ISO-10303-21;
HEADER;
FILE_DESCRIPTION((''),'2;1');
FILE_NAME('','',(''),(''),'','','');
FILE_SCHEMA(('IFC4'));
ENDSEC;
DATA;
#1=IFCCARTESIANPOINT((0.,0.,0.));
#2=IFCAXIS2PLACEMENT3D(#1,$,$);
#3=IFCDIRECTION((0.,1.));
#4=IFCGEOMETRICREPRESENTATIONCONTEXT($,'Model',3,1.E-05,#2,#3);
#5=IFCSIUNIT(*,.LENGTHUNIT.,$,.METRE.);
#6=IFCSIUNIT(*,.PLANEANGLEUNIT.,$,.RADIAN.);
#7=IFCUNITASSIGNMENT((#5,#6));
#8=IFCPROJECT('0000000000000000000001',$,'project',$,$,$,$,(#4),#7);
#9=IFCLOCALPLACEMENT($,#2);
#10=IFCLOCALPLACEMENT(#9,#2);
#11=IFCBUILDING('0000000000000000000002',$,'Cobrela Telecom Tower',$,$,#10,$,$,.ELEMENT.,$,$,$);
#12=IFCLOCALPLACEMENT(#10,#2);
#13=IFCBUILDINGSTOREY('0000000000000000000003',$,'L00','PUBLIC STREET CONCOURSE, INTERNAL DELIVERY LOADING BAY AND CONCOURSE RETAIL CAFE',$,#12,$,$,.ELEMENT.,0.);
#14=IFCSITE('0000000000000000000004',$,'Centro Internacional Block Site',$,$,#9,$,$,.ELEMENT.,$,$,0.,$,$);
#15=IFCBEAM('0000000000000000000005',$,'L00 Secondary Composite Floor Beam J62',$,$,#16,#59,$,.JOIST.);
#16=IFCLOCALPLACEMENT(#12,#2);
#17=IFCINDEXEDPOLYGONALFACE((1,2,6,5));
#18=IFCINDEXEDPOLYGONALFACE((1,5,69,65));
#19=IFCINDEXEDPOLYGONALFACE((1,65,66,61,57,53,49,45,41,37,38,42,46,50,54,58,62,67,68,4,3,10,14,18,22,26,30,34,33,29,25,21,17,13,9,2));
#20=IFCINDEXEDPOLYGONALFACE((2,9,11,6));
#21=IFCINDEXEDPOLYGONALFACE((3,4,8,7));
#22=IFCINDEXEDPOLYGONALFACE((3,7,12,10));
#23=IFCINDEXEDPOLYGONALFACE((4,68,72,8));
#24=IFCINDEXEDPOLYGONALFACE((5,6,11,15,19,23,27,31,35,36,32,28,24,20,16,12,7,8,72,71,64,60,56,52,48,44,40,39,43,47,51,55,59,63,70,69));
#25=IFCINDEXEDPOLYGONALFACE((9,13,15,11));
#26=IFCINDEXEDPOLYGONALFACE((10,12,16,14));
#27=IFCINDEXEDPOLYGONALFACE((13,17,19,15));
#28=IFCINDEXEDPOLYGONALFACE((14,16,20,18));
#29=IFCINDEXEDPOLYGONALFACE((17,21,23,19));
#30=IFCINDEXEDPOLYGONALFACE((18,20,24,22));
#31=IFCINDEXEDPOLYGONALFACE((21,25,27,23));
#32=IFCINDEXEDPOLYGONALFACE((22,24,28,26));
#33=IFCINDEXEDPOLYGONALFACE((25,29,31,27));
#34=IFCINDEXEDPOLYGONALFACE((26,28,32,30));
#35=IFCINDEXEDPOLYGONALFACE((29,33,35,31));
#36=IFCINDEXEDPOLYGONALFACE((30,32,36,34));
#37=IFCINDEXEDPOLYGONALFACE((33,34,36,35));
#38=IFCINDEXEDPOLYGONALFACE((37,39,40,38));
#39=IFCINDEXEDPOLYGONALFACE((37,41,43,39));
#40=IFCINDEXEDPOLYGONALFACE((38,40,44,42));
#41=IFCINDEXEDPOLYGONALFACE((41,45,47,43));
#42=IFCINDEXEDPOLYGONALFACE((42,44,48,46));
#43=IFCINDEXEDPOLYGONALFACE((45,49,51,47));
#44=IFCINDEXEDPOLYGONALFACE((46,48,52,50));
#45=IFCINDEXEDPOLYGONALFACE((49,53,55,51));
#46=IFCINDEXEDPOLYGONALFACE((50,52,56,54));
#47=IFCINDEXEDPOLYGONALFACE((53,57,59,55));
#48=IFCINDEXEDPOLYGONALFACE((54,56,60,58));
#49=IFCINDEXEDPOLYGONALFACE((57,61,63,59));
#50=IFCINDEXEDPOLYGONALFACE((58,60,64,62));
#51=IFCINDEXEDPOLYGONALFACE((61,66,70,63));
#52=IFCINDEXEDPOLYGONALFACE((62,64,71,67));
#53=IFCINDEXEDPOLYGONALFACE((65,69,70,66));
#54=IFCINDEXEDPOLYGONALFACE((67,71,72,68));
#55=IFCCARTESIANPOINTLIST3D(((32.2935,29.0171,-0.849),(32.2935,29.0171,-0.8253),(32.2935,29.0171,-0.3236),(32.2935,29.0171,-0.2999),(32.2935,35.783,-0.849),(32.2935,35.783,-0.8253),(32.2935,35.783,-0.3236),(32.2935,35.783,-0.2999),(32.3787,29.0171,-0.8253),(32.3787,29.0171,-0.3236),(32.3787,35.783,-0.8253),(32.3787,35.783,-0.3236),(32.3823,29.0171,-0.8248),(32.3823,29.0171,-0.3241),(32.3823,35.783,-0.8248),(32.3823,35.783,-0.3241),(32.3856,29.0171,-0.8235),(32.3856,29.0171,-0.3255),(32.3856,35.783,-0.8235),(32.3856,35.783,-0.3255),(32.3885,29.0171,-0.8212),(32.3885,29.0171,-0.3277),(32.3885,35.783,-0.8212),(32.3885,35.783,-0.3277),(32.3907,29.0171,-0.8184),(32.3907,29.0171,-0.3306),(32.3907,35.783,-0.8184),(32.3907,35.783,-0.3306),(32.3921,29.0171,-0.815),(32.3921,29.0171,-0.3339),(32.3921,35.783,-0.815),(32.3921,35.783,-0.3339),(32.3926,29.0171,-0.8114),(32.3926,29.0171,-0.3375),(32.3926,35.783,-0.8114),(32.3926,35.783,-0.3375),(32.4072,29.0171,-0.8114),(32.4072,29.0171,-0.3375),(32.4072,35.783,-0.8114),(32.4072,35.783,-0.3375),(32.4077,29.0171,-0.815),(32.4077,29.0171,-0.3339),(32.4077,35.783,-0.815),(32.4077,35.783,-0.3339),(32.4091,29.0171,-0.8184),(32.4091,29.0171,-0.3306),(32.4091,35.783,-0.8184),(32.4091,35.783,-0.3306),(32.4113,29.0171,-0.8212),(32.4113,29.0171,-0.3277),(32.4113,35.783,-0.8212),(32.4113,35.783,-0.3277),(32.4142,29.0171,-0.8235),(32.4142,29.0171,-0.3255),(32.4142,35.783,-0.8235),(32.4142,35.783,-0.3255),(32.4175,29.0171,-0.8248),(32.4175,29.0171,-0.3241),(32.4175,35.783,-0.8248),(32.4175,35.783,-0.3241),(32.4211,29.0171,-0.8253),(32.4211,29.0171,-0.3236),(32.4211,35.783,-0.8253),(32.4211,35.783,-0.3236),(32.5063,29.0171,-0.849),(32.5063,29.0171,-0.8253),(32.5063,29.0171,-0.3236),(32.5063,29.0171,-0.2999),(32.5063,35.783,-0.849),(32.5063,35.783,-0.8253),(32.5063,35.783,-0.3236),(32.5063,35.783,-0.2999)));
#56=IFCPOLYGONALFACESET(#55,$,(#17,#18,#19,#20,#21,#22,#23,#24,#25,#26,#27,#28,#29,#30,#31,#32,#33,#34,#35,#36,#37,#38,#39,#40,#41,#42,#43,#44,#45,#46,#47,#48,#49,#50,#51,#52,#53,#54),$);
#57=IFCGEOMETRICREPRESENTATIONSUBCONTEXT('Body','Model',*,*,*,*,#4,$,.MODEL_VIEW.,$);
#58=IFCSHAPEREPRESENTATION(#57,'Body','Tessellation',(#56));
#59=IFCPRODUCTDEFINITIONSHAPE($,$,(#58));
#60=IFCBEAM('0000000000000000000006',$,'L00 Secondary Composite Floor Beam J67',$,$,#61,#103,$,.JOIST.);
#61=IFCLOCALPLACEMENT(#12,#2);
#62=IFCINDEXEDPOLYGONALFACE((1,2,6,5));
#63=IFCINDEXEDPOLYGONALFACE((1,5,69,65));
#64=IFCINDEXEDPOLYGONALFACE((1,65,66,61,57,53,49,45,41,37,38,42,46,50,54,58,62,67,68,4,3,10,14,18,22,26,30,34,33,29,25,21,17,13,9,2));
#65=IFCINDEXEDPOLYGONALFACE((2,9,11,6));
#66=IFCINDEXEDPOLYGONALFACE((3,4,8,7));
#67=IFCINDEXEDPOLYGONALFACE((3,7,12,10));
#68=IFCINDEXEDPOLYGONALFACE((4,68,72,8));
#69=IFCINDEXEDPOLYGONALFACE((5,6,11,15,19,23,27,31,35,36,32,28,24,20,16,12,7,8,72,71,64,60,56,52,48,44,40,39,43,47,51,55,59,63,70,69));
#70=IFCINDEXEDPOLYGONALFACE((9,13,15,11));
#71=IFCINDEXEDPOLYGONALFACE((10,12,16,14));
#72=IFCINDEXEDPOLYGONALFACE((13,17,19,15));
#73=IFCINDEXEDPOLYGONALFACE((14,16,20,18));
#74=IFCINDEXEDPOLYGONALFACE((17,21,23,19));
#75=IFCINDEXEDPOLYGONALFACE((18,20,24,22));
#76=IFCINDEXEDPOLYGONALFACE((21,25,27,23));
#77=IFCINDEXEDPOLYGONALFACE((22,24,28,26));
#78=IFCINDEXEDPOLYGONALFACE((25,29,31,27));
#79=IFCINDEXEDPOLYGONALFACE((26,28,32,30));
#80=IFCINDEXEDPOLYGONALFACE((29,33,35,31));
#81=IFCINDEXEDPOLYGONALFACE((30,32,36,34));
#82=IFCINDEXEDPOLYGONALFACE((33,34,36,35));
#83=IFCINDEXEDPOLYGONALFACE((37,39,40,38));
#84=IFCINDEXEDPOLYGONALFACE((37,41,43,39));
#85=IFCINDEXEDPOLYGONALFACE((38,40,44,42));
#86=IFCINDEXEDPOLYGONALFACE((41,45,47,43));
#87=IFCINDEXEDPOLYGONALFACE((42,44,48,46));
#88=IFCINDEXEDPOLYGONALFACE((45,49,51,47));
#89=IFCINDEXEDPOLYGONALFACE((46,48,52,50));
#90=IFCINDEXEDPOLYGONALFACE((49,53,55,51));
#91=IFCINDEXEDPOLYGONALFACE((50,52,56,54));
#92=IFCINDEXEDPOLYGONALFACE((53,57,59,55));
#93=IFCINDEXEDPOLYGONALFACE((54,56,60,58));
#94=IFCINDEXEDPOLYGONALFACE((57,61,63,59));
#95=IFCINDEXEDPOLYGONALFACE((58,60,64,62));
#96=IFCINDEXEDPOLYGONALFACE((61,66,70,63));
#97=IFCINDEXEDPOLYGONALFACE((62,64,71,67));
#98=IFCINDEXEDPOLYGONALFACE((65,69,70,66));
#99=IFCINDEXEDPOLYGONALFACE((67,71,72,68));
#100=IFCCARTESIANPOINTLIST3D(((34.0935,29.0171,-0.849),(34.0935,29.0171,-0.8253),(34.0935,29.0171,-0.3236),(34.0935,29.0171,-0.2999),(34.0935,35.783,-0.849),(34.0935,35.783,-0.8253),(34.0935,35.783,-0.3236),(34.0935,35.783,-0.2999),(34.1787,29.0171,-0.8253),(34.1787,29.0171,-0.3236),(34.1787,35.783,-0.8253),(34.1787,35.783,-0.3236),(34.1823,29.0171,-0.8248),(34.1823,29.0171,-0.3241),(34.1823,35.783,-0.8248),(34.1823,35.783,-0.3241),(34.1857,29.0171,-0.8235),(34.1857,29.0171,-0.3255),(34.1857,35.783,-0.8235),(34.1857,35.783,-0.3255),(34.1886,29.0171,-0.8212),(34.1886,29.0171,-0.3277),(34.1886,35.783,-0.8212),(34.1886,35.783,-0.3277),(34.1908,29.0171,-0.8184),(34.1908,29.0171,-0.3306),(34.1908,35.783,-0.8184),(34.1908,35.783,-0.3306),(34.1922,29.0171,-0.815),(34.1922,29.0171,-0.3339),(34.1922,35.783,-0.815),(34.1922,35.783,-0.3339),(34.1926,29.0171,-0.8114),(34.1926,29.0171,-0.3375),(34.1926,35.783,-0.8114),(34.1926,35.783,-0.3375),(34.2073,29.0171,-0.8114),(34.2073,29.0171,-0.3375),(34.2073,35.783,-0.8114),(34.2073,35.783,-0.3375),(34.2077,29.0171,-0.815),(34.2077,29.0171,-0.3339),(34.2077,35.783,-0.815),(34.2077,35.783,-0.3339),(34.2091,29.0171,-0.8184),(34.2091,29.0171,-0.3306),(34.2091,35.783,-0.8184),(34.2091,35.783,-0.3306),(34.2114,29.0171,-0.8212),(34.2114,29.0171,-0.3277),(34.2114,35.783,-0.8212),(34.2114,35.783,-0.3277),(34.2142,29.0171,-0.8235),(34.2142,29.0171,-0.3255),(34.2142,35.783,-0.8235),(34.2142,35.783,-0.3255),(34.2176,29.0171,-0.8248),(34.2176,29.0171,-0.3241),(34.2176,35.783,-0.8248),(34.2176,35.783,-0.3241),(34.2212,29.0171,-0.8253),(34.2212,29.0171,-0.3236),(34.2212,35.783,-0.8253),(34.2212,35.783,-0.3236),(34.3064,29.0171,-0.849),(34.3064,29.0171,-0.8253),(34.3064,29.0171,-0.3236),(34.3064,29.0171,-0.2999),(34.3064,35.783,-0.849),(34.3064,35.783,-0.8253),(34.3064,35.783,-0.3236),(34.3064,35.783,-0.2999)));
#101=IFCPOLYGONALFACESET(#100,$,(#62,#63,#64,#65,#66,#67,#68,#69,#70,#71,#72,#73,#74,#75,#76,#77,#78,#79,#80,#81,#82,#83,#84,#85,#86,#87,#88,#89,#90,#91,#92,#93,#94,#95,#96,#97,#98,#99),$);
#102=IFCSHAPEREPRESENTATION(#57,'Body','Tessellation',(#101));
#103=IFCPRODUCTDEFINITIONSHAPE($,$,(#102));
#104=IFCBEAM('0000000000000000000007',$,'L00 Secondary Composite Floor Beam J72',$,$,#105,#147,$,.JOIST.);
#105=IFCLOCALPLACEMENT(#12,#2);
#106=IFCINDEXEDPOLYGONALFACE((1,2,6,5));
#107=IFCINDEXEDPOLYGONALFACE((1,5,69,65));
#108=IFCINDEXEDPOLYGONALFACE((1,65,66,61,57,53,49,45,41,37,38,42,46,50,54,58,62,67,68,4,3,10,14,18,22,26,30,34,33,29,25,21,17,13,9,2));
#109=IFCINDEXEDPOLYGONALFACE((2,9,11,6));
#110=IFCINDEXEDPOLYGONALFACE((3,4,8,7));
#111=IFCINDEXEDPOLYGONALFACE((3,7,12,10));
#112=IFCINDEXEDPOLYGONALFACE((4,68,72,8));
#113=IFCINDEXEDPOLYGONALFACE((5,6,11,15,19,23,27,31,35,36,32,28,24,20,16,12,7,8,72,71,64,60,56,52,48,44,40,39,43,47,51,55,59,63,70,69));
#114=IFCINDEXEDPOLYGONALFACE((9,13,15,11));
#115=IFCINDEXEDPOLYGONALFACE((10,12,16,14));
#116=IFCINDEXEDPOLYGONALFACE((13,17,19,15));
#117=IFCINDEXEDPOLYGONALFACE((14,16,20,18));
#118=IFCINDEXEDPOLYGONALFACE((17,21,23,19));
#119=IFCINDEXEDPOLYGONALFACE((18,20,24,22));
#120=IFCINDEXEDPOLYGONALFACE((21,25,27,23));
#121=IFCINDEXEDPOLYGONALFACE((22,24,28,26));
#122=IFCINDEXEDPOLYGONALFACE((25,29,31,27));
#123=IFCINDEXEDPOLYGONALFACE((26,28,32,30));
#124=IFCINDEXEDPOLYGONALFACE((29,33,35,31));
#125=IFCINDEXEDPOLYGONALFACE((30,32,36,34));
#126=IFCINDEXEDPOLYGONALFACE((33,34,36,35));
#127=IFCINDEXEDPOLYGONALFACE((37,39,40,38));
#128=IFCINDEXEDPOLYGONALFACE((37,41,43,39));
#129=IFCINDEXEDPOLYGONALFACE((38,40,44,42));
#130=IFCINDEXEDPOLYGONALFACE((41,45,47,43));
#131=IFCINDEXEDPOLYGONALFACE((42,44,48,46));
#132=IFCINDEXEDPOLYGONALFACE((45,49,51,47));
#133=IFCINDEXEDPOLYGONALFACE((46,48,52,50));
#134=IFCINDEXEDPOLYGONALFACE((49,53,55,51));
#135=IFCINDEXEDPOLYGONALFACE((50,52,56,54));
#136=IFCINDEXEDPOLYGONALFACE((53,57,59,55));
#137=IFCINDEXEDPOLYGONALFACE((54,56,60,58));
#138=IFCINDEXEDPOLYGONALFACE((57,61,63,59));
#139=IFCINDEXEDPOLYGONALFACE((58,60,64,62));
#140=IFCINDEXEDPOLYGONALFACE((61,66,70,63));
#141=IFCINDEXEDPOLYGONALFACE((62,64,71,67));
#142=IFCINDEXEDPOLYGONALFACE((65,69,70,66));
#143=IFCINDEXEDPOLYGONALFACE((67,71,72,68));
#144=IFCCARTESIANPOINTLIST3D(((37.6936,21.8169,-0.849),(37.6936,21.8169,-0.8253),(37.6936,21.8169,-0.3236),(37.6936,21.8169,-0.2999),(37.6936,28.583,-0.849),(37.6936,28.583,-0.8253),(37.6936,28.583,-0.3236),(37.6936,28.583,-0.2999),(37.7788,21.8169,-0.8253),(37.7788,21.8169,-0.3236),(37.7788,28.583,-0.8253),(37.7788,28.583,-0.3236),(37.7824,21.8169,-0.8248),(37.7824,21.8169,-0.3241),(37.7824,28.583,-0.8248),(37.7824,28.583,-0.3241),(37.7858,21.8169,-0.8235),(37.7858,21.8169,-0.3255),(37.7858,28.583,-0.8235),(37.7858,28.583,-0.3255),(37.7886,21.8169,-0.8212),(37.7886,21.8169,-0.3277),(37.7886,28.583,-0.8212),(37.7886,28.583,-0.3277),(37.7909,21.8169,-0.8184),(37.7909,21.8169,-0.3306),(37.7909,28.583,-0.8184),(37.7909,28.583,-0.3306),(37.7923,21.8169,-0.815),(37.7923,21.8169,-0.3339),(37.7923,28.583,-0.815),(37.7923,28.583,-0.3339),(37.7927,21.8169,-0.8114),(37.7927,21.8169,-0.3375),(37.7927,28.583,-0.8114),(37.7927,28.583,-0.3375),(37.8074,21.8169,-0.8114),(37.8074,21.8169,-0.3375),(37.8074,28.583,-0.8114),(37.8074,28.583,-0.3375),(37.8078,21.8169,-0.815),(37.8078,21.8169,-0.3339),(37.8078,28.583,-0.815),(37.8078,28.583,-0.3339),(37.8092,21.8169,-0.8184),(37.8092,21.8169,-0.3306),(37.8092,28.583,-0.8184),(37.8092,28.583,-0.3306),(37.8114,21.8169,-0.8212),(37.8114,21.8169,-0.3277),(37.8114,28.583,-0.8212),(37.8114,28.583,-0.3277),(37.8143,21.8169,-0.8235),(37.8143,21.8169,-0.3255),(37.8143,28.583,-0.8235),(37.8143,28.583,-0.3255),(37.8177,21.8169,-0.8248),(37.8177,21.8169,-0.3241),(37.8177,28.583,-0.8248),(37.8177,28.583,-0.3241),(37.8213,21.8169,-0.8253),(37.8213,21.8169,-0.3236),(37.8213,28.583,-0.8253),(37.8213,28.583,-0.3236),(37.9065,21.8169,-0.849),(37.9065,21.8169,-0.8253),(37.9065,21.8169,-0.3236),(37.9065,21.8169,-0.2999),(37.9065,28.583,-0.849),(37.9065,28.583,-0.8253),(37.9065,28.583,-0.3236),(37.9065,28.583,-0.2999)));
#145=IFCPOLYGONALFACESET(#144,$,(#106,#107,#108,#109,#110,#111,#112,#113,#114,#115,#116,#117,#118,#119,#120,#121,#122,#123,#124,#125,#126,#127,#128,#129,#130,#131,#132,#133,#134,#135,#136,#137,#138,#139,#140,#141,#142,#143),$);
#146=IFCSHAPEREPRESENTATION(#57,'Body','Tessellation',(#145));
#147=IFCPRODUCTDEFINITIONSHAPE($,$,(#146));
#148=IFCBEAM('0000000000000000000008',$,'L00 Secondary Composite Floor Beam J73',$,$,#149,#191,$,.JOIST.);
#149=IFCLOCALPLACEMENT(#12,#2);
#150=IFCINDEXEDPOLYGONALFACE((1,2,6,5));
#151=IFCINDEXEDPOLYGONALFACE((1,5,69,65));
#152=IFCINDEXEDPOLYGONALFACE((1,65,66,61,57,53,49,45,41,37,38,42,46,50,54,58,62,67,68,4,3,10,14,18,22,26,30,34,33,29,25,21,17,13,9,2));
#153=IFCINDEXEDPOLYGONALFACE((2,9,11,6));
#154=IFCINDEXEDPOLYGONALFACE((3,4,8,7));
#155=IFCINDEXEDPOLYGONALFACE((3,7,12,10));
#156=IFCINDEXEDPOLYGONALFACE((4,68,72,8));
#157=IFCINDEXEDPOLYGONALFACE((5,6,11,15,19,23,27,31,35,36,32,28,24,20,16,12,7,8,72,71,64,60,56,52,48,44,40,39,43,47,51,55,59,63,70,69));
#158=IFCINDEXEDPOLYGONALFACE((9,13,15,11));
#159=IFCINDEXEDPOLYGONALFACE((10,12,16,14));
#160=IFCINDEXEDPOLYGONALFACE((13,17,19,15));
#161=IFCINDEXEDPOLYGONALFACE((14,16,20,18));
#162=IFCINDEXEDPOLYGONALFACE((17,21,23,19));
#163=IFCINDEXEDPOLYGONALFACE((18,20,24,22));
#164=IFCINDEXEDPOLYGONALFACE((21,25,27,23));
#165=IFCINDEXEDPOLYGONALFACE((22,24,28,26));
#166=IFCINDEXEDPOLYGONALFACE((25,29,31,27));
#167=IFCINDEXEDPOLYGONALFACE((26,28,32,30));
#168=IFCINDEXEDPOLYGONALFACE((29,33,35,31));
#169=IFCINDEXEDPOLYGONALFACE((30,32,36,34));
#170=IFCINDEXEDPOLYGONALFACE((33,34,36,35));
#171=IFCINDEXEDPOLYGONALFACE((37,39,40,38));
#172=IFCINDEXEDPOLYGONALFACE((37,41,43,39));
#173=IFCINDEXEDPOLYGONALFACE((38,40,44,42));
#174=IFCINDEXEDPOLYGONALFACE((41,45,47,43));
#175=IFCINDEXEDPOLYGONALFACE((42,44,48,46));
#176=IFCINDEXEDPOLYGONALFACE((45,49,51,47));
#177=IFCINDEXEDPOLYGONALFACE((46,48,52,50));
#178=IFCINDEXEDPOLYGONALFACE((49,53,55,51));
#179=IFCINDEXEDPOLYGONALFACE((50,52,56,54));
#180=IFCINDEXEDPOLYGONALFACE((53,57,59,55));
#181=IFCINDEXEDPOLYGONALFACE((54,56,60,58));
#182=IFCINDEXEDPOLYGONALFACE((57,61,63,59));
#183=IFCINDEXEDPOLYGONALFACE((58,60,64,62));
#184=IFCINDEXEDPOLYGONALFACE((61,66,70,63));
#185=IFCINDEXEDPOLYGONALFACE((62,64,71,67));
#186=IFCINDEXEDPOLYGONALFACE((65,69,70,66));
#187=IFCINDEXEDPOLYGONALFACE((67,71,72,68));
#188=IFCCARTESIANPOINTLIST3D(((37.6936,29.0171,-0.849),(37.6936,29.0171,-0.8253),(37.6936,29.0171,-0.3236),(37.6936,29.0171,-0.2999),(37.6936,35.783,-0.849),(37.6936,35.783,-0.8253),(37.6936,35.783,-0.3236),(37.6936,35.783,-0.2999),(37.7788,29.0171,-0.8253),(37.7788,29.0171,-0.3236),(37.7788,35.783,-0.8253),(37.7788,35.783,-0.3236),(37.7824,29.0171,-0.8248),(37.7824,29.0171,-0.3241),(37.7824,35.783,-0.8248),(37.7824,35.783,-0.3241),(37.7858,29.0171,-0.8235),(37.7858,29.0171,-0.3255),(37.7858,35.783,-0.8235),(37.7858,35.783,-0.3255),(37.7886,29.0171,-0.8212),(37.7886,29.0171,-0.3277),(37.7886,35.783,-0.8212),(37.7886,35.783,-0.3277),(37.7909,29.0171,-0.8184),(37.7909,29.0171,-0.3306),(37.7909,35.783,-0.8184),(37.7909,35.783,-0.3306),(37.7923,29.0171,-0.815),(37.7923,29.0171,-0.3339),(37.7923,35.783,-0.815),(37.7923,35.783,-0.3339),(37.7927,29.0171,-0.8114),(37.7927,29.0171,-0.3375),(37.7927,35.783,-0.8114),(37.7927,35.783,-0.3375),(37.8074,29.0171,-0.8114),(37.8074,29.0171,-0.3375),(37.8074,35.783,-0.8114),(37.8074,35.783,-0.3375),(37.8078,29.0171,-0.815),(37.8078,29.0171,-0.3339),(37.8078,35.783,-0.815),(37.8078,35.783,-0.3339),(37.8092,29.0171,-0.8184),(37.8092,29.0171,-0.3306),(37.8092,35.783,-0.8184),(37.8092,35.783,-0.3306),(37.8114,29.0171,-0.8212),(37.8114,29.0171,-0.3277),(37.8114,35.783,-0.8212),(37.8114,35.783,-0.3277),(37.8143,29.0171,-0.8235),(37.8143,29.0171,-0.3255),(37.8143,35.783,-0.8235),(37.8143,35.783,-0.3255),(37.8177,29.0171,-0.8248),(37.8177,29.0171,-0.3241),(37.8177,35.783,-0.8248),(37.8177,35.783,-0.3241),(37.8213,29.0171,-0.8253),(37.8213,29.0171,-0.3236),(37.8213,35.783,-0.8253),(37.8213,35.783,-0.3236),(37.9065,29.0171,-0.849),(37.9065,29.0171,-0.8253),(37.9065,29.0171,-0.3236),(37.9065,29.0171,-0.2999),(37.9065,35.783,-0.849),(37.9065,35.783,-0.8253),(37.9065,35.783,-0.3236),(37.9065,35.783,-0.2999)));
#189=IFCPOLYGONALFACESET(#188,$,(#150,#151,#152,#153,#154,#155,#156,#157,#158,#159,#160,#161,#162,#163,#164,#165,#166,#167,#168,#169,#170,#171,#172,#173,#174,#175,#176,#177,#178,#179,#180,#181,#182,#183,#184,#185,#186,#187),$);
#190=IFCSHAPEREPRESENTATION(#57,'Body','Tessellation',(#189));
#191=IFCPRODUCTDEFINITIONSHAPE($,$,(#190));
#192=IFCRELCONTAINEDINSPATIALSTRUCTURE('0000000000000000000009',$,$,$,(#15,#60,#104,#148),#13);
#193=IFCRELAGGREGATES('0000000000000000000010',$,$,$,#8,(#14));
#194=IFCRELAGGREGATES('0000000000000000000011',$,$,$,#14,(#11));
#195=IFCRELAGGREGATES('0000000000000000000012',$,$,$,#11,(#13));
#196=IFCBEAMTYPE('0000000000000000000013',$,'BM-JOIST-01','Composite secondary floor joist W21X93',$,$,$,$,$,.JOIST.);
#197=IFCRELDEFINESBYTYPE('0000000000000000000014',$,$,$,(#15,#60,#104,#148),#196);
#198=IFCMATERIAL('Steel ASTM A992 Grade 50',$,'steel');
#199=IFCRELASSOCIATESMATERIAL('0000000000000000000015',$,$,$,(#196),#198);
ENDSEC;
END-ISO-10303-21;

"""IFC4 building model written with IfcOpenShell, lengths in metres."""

from ifc_helpers import new_model, si_unit, direction, frame, origin, origin_2d, place, context, subcontext, project, spatial, i_section, extrude, material, material_profile, profile_set, type_object, element, save


model = new_model("IFC4")

# Units and contexts
model_context = context("Model", 3, precision=1e-05, world=origin(), true_north=direction((0.0, 1.0)))
body_context = subcontext(model_context, "Body", "Model", "MODEL_VIEW")
ifc_project = project(units=[si_unit("LENGTHUNIT", "METRE"), si_unit("PLANEANGLEUNIT", "RADIAN")], contexts=[model_context])

# Site, building, storey
site_placement = place(None, origin())
site = spatial("IfcSite", under=ifc_project, at=site_placement, Name="Centro Internacional Block Site", CompositionType="ELEMENT", RefElevation=0.0)
building_placement = place(site_placement, origin())
building = spatial("IfcBuilding", under=site, at=building_placement, Name="Cobrela Telecom Tower", CompositionType="ELEMENT")
storey_placement = place(building_placement, origin())
storey = spatial("IfcBuildingStorey", under=building, at=storey_placement, Name="L00", Description="PUBLIC STREET CONCOURSE, INTERNAL DELIVERY LOADING BAY AND CONCOURSE RETAIL CAFE", CompositionType="ELEMENT", Elevation=0.0)

# Beams
ifc_material_1 = material(Name="Steel ASTM A992 Grade 50", Category="steel")
ifc_material_profile_1 = material_profile(ifc_material_1, i_section(OverallWidth=0.2129, OverallDepth=0.5491, WebThickness=0.0146, FlangeThickness=0.0237, FilletRadius=0.0139, at=origin_2d()), Name="W21X93")
ifc_profile_set_1 = profile_set([ifc_material_profile_1], Name="Steel ASTM A992 Grade 50")
beam_type_1 = type_object("IfcBeamType", Name="BM-JOIST-01", Description="Composite secondary floor joist W21X93", PredefinedType="JOIST", material=ifc_profile_set_1)
for number, where, z_axis, x_axis, name in (
    (1, (32.3999, 29.0171, -0.5745), (0.0, 1.0, 0.0), (-1.0, 0.0, 0.0), "L00 Secondary Composite Floor Beam J62"),
    (2, (34.2, 29.0171, -0.5745), (0.0, 1.0, 0.0), (-1.0, 0.0, 0.0), "L00 Secondary Composite Floor Beam J67"),
):
    element("IfcBeam", number, at=place(storey_placement, frame(where, z_axis=z_axis, x_axis=x_axis)), inside=storey, type_object=beam_type_1, Name=name, PredefinedType="JOIST", context=body_context, shape_type="SweptSolid", body=[
        extrude(i_section(OverallWidth=0.2129, OverallDepth=0.5491, WebThickness=0.0146, FlangeThickness=0.0237, FilletRadius=0.0139, at=origin_2d()), origin(), (0.0, 0.0, 1.0), 6.7659),
    ])
beam_1_placement = place(storey_placement, frame((37.8, 21.8169, -0.5745), z_axis=(0.0, 1.0, 0.0), x_axis=(-1.0, 0.0, 0.0)))
element("IfcBeam", 3, at=beam_1_placement, inside=storey, type_object=beam_type_1, Name="L00 Secondary Composite Floor Beam J72", PredefinedType="JOIST", context=body_context, shape_type="SweptSolid", body=[
    extrude(i_section(OverallWidth=0.2129, OverallDepth=0.5491, WebThickness=0.0146, FlangeThickness=0.0237, FilletRadius=0.0139, at=origin_2d()), origin(), (0.0, 0.0, 1.0), 6.7661),
])
beam_2_placement = place(storey_placement, frame((37.8, 29.0171, -0.5745), z_axis=(0.0, 1.0, 0.0), x_axis=(-1.0, 0.0, 0.0)))
element("IfcBeam", 4, at=beam_2_placement, inside=storey, type_object=beam_type_1, Name="L00 Secondary Composite Floor Beam J73", PredefinedType="JOIST", context=body_context, shape_type="SweptSolid", body=[
    extrude(i_section(OverallWidth=0.2129, OverallDepth=0.5491, WebThickness=0.0146, FlangeThickness=0.0237, FilletRadius=0.0139, at=origin_2d()), origin(), (0.0, 0.0, 1.0), 6.7659),
])

save(model, "model.ifc")
